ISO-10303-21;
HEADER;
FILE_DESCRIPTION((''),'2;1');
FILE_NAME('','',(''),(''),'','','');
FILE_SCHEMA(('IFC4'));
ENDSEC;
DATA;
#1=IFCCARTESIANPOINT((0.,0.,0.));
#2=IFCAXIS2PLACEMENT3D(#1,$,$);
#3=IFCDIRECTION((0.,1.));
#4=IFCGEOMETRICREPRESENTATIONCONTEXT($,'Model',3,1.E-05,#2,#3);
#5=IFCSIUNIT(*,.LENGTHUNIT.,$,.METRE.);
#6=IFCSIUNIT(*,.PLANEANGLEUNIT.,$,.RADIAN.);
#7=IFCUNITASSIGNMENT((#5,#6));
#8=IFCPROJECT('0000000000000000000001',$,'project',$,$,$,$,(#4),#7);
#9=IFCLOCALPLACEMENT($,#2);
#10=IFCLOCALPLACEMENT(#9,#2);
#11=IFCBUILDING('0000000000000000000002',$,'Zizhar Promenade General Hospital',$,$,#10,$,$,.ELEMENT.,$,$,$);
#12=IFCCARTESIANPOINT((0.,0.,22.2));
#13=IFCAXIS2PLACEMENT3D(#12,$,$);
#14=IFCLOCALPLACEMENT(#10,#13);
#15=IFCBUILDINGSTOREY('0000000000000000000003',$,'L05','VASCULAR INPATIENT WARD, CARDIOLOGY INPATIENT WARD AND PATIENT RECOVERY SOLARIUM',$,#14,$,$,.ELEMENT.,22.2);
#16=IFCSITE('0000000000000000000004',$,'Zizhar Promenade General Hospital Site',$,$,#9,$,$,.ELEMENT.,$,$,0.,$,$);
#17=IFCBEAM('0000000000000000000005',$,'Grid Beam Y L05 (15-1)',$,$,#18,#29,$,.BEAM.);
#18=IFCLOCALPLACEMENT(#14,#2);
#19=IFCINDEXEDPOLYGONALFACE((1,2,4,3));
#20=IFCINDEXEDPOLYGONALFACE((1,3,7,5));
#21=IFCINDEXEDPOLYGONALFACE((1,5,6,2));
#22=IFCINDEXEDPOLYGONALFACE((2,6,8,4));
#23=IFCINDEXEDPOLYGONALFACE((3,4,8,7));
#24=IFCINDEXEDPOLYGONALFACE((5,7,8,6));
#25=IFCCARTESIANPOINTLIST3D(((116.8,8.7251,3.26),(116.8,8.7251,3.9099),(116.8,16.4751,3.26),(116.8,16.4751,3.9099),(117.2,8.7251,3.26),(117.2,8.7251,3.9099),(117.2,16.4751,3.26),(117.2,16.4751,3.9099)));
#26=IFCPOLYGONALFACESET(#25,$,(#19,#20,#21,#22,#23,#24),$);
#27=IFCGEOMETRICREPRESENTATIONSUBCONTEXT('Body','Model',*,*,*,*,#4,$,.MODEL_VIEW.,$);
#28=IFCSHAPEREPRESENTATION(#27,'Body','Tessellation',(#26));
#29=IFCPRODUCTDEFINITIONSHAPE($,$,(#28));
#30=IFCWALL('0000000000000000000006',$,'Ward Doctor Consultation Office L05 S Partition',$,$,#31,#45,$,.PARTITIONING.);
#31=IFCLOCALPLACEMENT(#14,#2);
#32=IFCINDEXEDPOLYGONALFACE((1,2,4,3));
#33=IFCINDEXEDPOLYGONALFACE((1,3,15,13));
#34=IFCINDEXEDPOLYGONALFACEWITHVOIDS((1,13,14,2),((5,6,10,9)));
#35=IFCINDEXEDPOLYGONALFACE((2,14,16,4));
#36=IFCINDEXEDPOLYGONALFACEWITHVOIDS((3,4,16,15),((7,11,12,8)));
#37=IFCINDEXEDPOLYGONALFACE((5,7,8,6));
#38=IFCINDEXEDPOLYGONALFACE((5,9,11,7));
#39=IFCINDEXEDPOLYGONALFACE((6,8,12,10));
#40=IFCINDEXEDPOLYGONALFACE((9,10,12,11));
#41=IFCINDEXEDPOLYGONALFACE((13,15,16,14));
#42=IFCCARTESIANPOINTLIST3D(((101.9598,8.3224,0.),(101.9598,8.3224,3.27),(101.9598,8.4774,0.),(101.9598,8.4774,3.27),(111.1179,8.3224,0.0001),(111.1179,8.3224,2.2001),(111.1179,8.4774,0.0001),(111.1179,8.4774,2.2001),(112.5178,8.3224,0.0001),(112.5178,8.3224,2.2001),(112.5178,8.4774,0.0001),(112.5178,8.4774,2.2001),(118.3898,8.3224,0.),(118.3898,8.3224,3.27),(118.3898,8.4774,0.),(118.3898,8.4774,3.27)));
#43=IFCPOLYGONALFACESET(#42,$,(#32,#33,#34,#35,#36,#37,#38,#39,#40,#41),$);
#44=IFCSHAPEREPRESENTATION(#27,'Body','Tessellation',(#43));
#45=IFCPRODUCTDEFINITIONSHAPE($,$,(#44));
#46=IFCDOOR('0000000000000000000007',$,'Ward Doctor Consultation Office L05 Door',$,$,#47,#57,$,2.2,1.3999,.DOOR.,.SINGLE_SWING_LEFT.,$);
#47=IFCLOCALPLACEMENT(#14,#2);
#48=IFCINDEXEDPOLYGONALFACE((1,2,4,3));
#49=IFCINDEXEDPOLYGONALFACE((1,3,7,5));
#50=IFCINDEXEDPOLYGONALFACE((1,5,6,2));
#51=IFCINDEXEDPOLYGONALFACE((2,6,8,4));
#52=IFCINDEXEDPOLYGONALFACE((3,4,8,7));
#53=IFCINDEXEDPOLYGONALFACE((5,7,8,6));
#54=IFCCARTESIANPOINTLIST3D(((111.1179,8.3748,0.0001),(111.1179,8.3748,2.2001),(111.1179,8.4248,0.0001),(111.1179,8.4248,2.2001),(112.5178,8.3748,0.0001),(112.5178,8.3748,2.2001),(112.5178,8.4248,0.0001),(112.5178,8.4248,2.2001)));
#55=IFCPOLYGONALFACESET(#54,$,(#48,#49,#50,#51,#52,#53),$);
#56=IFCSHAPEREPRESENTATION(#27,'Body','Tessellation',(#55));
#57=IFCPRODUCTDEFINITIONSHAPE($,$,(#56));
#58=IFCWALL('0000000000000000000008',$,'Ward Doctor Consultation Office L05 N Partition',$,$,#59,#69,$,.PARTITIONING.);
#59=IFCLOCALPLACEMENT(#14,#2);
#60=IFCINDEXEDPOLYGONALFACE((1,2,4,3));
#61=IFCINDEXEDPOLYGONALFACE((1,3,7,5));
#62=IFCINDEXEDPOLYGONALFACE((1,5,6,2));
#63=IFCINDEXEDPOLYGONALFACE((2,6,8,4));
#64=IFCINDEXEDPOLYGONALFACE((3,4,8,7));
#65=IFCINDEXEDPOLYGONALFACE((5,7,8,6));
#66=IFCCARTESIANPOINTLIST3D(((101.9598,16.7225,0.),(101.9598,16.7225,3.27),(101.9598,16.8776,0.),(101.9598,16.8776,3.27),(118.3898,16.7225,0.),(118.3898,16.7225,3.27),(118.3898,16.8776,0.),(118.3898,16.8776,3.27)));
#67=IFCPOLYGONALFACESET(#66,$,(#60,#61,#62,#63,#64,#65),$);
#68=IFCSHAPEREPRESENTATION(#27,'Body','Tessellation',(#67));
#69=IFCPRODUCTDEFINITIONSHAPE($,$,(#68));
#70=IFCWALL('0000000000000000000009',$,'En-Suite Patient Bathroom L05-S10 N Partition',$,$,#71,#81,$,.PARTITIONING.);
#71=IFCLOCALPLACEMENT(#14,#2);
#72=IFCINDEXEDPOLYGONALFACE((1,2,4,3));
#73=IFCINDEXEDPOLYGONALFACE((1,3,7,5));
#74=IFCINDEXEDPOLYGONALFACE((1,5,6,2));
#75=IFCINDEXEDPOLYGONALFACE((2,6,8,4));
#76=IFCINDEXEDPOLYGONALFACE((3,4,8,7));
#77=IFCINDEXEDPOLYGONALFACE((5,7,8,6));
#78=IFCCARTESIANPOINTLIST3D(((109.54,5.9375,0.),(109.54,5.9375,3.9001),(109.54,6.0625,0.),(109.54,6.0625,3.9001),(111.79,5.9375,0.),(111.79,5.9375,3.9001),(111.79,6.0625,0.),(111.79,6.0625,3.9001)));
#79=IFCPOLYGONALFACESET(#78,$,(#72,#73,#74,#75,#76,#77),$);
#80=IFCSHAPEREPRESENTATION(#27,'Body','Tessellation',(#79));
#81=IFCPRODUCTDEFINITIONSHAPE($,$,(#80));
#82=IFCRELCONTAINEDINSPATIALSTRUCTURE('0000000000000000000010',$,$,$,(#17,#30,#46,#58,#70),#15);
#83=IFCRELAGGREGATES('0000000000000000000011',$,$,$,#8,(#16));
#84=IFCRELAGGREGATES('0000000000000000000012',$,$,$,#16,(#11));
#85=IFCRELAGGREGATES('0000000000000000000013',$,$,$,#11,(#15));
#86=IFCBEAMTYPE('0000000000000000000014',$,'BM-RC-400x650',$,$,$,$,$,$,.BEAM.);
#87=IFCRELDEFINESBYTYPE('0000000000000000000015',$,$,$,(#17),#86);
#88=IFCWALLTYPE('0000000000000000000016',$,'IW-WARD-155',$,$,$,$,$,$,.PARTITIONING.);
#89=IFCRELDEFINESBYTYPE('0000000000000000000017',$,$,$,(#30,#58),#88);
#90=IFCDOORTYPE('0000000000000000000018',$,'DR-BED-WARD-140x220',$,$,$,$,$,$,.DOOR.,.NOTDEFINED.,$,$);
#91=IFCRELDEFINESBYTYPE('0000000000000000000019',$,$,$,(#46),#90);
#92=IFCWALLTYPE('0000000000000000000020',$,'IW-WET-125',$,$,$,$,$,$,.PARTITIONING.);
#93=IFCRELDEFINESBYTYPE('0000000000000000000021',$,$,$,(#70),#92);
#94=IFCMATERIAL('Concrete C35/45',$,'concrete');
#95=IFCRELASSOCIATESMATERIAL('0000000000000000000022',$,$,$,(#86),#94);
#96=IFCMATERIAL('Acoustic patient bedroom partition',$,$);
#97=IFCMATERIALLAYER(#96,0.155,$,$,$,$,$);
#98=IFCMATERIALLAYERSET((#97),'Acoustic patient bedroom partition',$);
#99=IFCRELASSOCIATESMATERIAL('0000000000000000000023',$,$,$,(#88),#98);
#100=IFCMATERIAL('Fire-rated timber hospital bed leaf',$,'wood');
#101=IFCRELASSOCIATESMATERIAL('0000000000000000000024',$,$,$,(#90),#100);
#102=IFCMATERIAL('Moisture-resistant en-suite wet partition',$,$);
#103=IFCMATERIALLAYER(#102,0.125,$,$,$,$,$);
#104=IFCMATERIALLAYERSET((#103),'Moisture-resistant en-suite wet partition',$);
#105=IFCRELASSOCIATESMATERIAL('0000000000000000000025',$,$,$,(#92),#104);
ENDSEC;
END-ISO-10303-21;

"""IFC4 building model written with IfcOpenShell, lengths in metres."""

from ifc_helpers import new_model, si_unit, direction, frame, frame_2d, origin, origin_2d, place, context, subcontext, project, spatial, rectangle, extrude, material, layer, layer_set, material_profile, profile_set, type_object, element, fill, save


model = new_model("IFC4")

# Units and contexts
model_context = context("Model", 3, precision=1e-05, world=origin(), true_north=direction((0.0, 1.0)))
body_context = subcontext(model_context, "Body", "Model", "MODEL_VIEW")
ifc_project = project(units=[si_unit("LENGTHUNIT", "METRE"), si_unit("PLANEANGLEUNIT", "RADIAN")], contexts=[model_context])

# Site, building, storey
site_placement = place(None, origin())
site = spatial("IfcSite", under=ifc_project, at=site_placement, Name="Zizhar Promenade General Hospital Site", CompositionType="ELEMENT", RefElevation=0.0)
building_placement = place(site_placement, origin())
building = spatial("IfcBuilding", under=site, at=building_placement, Name="Zizhar Promenade General Hospital", CompositionType="ELEMENT")
storey_placement = place(building_placement, frame((0.0, 0.0, 22.2)))
storey = spatial("IfcBuildingStorey", under=building, at=storey_placement, Name="L05", Description="VASCULAR INPATIENT WARD, CARDIOLOGY INPATIENT WARD AND PATIENT RECOVERY SOLARIUM", CompositionType="ELEMENT", Elevation=22.2)

# Beam
ifc_material_1 = material(Name="Concrete C35/45", Category="concrete")
ifc_material_profile_1 = material_profile(ifc_material_1, rectangle(XDim=0.3999, YDim=0.6499, at=origin_2d()))
ifc_profile_set_1 = profile_set([ifc_material_profile_1], Name="Concrete C35/45")
beam_type_1 = type_object("IfcBeamType", Name="BM-RC-400x650", PredefinedType="BEAM", material=ifc_profile_set_1)
for number, where, z_axis, x_axis, name in (
    (1, (117.0, 8.7251, 3.585), (0.0, 1.0, 0.0), (-1.0, 0.0, 0.0), "Grid Beam Y L05 (15-1)"),
):
    element("IfcBeam", number, at=place(storey_placement, frame(where, z_axis=z_axis, x_axis=x_axis)), inside=storey, type_object=beam_type_1, Name=name, PredefinedType="BEAM", context=body_context, shape_type="SweptSolid", body=[
        extrude(rectangle(XDim=0.3999, YDim=0.6499, at=origin_2d()), origin(), (0.0, 0.0, 1.0), 7.75),
    ])

# Wall, opening, door
ifc_material_2 = material(Name="Acoustic patient bedroom partition")
ifc_layer_1 = layer(ifc_material_2, 0.155)
ifc_layer_set_1 = layer_set([ifc_layer_1], Name="Acoustic patient bedroom partition")
wall_type_1 = type_object("IfcWallType", Name="IW-WARD-155", PredefinedType="PARTITIONING", material=ifc_layer_set_1)
wall_1_placement = place(storey_placement, frame((101.96, 8.3999, 0.0), z_axis=(0.0, 0.0, 1.0), x_axis=(1.0, 0.0, 0.0)))
wall_1 = element("IfcWall", 2, at=wall_1_placement, inside=storey, type_object=wall_type_1, Name="Ward Doctor Consultation Office L05 S Partition", PredefinedType="PARTITIONING", context=body_context, shape_type="SweptSolid", body=[
    extrude(rectangle(XDim=16.4299, YDim=0.155, at=frame_2d((8.2148, 0.0))), origin(), (0.0, 0.0, 1.0), 3.27),
])
opening_placement = place(wall_1_placement, frame((9.158, 0.0, 0.0)))
opening = element("IfcOpeningElement", 3, at=opening_placement, cuts=wall_1, PredefinedType="OPENING", context=body_context, shape_type="SweptSolid", body=[
    extrude(rectangle(XDim=1.3999, YDim=2.2, at=frame_2d((0.7, 1.1001))), frame((0.0, 0.0874, 0.0), z_axis=(0.0, -1.0, 0.0), x_axis=(1.0, 0.0, 0.0)), (0.0, 0.0, 1.0), 0.175),
])
ifc_material_3 = material(Name="Fire-rated timber hospital bed leaf", Category="wood")
door_type = type_object("IfcDoorType", Name="DR-BED-WARD-140x220", OperationType="NOTDEFINED", PredefinedType="DOOR", material=ifc_material_3)
door_placement = place(opening_placement, origin())
door = element("IfcDoor", 4, at=door_placement, inside=storey, type_object=door_type, Name="Ward Doctor Consultation Office L05 Door", OperationType="SINGLE_SWING_LEFT", OverallHeight=2.2, OverallWidth=1.3999, PredefinedType="DOOR", context=body_context, shape_type="SweptSolid", body=[
    extrude(rectangle(XDim=1.3999, YDim=2.2, at=frame_2d((0.7, 1.1001))), frame((0.0, 0.0249, 0.0), z_axis=(0.0, -1.0, 0.0), x_axis=(1.0, 0.0, 0.0)), (0.0, 0.0, 1.0), 0.05),
])
fill(opening, door)

# Walls
wall_2_placement = place(storey_placement, frame((101.96, 16.8, 0.0), z_axis=(0.0, 0.0, 1.0), x_axis=(1.0, 0.0, 0.0)))
element("IfcWall", 5, at=wall_2_placement, inside=storey, type_object=wall_type_1, Name="Ward Doctor Consultation Office L05 N Partition", PredefinedType="PARTITIONING", context=body_context, shape_type="SweptSolid", body=[
    extrude(rectangle(XDim=16.4299, YDim=0.155, at=frame_2d((8.2148, 0.0))), origin(), (0.0, 0.0, 1.0), 3.27),
])
ifc_material_4 = material(Name="Moisture-resistant en-suite wet partition")
ifc_layer_2 = layer(ifc_material_4, 0.125)
ifc_layer_set_2 = layer_set([ifc_layer_2], Name="Moisture-resistant en-suite wet partition")
wall_type_2 = type_object("IfcWallType", Name="IW-WET-125", PredefinedType="PARTITIONING", material=ifc_layer_set_2)
wall_3_placement = place(storey_placement, frame((109.54, 6.0, 0.0), z_axis=(0.0, 0.0, 1.0), x_axis=(1.0, 0.0, 0.0)))
element("IfcWall", 6, at=wall_3_placement, inside=storey, type_object=wall_type_2, Name="En-Suite Patient Bathroom L05-S10 N Partition", PredefinedType="PARTITIONING", context=body_context, shape_type="SweptSolid", body=[
    extrude(rectangle(XDim=2.25, YDim=0.125, at=frame_2d((1.125, 0.0))), origin(), (0.0, 0.0, 1.0), 3.9001),
])

save(model, "model.ifc")
